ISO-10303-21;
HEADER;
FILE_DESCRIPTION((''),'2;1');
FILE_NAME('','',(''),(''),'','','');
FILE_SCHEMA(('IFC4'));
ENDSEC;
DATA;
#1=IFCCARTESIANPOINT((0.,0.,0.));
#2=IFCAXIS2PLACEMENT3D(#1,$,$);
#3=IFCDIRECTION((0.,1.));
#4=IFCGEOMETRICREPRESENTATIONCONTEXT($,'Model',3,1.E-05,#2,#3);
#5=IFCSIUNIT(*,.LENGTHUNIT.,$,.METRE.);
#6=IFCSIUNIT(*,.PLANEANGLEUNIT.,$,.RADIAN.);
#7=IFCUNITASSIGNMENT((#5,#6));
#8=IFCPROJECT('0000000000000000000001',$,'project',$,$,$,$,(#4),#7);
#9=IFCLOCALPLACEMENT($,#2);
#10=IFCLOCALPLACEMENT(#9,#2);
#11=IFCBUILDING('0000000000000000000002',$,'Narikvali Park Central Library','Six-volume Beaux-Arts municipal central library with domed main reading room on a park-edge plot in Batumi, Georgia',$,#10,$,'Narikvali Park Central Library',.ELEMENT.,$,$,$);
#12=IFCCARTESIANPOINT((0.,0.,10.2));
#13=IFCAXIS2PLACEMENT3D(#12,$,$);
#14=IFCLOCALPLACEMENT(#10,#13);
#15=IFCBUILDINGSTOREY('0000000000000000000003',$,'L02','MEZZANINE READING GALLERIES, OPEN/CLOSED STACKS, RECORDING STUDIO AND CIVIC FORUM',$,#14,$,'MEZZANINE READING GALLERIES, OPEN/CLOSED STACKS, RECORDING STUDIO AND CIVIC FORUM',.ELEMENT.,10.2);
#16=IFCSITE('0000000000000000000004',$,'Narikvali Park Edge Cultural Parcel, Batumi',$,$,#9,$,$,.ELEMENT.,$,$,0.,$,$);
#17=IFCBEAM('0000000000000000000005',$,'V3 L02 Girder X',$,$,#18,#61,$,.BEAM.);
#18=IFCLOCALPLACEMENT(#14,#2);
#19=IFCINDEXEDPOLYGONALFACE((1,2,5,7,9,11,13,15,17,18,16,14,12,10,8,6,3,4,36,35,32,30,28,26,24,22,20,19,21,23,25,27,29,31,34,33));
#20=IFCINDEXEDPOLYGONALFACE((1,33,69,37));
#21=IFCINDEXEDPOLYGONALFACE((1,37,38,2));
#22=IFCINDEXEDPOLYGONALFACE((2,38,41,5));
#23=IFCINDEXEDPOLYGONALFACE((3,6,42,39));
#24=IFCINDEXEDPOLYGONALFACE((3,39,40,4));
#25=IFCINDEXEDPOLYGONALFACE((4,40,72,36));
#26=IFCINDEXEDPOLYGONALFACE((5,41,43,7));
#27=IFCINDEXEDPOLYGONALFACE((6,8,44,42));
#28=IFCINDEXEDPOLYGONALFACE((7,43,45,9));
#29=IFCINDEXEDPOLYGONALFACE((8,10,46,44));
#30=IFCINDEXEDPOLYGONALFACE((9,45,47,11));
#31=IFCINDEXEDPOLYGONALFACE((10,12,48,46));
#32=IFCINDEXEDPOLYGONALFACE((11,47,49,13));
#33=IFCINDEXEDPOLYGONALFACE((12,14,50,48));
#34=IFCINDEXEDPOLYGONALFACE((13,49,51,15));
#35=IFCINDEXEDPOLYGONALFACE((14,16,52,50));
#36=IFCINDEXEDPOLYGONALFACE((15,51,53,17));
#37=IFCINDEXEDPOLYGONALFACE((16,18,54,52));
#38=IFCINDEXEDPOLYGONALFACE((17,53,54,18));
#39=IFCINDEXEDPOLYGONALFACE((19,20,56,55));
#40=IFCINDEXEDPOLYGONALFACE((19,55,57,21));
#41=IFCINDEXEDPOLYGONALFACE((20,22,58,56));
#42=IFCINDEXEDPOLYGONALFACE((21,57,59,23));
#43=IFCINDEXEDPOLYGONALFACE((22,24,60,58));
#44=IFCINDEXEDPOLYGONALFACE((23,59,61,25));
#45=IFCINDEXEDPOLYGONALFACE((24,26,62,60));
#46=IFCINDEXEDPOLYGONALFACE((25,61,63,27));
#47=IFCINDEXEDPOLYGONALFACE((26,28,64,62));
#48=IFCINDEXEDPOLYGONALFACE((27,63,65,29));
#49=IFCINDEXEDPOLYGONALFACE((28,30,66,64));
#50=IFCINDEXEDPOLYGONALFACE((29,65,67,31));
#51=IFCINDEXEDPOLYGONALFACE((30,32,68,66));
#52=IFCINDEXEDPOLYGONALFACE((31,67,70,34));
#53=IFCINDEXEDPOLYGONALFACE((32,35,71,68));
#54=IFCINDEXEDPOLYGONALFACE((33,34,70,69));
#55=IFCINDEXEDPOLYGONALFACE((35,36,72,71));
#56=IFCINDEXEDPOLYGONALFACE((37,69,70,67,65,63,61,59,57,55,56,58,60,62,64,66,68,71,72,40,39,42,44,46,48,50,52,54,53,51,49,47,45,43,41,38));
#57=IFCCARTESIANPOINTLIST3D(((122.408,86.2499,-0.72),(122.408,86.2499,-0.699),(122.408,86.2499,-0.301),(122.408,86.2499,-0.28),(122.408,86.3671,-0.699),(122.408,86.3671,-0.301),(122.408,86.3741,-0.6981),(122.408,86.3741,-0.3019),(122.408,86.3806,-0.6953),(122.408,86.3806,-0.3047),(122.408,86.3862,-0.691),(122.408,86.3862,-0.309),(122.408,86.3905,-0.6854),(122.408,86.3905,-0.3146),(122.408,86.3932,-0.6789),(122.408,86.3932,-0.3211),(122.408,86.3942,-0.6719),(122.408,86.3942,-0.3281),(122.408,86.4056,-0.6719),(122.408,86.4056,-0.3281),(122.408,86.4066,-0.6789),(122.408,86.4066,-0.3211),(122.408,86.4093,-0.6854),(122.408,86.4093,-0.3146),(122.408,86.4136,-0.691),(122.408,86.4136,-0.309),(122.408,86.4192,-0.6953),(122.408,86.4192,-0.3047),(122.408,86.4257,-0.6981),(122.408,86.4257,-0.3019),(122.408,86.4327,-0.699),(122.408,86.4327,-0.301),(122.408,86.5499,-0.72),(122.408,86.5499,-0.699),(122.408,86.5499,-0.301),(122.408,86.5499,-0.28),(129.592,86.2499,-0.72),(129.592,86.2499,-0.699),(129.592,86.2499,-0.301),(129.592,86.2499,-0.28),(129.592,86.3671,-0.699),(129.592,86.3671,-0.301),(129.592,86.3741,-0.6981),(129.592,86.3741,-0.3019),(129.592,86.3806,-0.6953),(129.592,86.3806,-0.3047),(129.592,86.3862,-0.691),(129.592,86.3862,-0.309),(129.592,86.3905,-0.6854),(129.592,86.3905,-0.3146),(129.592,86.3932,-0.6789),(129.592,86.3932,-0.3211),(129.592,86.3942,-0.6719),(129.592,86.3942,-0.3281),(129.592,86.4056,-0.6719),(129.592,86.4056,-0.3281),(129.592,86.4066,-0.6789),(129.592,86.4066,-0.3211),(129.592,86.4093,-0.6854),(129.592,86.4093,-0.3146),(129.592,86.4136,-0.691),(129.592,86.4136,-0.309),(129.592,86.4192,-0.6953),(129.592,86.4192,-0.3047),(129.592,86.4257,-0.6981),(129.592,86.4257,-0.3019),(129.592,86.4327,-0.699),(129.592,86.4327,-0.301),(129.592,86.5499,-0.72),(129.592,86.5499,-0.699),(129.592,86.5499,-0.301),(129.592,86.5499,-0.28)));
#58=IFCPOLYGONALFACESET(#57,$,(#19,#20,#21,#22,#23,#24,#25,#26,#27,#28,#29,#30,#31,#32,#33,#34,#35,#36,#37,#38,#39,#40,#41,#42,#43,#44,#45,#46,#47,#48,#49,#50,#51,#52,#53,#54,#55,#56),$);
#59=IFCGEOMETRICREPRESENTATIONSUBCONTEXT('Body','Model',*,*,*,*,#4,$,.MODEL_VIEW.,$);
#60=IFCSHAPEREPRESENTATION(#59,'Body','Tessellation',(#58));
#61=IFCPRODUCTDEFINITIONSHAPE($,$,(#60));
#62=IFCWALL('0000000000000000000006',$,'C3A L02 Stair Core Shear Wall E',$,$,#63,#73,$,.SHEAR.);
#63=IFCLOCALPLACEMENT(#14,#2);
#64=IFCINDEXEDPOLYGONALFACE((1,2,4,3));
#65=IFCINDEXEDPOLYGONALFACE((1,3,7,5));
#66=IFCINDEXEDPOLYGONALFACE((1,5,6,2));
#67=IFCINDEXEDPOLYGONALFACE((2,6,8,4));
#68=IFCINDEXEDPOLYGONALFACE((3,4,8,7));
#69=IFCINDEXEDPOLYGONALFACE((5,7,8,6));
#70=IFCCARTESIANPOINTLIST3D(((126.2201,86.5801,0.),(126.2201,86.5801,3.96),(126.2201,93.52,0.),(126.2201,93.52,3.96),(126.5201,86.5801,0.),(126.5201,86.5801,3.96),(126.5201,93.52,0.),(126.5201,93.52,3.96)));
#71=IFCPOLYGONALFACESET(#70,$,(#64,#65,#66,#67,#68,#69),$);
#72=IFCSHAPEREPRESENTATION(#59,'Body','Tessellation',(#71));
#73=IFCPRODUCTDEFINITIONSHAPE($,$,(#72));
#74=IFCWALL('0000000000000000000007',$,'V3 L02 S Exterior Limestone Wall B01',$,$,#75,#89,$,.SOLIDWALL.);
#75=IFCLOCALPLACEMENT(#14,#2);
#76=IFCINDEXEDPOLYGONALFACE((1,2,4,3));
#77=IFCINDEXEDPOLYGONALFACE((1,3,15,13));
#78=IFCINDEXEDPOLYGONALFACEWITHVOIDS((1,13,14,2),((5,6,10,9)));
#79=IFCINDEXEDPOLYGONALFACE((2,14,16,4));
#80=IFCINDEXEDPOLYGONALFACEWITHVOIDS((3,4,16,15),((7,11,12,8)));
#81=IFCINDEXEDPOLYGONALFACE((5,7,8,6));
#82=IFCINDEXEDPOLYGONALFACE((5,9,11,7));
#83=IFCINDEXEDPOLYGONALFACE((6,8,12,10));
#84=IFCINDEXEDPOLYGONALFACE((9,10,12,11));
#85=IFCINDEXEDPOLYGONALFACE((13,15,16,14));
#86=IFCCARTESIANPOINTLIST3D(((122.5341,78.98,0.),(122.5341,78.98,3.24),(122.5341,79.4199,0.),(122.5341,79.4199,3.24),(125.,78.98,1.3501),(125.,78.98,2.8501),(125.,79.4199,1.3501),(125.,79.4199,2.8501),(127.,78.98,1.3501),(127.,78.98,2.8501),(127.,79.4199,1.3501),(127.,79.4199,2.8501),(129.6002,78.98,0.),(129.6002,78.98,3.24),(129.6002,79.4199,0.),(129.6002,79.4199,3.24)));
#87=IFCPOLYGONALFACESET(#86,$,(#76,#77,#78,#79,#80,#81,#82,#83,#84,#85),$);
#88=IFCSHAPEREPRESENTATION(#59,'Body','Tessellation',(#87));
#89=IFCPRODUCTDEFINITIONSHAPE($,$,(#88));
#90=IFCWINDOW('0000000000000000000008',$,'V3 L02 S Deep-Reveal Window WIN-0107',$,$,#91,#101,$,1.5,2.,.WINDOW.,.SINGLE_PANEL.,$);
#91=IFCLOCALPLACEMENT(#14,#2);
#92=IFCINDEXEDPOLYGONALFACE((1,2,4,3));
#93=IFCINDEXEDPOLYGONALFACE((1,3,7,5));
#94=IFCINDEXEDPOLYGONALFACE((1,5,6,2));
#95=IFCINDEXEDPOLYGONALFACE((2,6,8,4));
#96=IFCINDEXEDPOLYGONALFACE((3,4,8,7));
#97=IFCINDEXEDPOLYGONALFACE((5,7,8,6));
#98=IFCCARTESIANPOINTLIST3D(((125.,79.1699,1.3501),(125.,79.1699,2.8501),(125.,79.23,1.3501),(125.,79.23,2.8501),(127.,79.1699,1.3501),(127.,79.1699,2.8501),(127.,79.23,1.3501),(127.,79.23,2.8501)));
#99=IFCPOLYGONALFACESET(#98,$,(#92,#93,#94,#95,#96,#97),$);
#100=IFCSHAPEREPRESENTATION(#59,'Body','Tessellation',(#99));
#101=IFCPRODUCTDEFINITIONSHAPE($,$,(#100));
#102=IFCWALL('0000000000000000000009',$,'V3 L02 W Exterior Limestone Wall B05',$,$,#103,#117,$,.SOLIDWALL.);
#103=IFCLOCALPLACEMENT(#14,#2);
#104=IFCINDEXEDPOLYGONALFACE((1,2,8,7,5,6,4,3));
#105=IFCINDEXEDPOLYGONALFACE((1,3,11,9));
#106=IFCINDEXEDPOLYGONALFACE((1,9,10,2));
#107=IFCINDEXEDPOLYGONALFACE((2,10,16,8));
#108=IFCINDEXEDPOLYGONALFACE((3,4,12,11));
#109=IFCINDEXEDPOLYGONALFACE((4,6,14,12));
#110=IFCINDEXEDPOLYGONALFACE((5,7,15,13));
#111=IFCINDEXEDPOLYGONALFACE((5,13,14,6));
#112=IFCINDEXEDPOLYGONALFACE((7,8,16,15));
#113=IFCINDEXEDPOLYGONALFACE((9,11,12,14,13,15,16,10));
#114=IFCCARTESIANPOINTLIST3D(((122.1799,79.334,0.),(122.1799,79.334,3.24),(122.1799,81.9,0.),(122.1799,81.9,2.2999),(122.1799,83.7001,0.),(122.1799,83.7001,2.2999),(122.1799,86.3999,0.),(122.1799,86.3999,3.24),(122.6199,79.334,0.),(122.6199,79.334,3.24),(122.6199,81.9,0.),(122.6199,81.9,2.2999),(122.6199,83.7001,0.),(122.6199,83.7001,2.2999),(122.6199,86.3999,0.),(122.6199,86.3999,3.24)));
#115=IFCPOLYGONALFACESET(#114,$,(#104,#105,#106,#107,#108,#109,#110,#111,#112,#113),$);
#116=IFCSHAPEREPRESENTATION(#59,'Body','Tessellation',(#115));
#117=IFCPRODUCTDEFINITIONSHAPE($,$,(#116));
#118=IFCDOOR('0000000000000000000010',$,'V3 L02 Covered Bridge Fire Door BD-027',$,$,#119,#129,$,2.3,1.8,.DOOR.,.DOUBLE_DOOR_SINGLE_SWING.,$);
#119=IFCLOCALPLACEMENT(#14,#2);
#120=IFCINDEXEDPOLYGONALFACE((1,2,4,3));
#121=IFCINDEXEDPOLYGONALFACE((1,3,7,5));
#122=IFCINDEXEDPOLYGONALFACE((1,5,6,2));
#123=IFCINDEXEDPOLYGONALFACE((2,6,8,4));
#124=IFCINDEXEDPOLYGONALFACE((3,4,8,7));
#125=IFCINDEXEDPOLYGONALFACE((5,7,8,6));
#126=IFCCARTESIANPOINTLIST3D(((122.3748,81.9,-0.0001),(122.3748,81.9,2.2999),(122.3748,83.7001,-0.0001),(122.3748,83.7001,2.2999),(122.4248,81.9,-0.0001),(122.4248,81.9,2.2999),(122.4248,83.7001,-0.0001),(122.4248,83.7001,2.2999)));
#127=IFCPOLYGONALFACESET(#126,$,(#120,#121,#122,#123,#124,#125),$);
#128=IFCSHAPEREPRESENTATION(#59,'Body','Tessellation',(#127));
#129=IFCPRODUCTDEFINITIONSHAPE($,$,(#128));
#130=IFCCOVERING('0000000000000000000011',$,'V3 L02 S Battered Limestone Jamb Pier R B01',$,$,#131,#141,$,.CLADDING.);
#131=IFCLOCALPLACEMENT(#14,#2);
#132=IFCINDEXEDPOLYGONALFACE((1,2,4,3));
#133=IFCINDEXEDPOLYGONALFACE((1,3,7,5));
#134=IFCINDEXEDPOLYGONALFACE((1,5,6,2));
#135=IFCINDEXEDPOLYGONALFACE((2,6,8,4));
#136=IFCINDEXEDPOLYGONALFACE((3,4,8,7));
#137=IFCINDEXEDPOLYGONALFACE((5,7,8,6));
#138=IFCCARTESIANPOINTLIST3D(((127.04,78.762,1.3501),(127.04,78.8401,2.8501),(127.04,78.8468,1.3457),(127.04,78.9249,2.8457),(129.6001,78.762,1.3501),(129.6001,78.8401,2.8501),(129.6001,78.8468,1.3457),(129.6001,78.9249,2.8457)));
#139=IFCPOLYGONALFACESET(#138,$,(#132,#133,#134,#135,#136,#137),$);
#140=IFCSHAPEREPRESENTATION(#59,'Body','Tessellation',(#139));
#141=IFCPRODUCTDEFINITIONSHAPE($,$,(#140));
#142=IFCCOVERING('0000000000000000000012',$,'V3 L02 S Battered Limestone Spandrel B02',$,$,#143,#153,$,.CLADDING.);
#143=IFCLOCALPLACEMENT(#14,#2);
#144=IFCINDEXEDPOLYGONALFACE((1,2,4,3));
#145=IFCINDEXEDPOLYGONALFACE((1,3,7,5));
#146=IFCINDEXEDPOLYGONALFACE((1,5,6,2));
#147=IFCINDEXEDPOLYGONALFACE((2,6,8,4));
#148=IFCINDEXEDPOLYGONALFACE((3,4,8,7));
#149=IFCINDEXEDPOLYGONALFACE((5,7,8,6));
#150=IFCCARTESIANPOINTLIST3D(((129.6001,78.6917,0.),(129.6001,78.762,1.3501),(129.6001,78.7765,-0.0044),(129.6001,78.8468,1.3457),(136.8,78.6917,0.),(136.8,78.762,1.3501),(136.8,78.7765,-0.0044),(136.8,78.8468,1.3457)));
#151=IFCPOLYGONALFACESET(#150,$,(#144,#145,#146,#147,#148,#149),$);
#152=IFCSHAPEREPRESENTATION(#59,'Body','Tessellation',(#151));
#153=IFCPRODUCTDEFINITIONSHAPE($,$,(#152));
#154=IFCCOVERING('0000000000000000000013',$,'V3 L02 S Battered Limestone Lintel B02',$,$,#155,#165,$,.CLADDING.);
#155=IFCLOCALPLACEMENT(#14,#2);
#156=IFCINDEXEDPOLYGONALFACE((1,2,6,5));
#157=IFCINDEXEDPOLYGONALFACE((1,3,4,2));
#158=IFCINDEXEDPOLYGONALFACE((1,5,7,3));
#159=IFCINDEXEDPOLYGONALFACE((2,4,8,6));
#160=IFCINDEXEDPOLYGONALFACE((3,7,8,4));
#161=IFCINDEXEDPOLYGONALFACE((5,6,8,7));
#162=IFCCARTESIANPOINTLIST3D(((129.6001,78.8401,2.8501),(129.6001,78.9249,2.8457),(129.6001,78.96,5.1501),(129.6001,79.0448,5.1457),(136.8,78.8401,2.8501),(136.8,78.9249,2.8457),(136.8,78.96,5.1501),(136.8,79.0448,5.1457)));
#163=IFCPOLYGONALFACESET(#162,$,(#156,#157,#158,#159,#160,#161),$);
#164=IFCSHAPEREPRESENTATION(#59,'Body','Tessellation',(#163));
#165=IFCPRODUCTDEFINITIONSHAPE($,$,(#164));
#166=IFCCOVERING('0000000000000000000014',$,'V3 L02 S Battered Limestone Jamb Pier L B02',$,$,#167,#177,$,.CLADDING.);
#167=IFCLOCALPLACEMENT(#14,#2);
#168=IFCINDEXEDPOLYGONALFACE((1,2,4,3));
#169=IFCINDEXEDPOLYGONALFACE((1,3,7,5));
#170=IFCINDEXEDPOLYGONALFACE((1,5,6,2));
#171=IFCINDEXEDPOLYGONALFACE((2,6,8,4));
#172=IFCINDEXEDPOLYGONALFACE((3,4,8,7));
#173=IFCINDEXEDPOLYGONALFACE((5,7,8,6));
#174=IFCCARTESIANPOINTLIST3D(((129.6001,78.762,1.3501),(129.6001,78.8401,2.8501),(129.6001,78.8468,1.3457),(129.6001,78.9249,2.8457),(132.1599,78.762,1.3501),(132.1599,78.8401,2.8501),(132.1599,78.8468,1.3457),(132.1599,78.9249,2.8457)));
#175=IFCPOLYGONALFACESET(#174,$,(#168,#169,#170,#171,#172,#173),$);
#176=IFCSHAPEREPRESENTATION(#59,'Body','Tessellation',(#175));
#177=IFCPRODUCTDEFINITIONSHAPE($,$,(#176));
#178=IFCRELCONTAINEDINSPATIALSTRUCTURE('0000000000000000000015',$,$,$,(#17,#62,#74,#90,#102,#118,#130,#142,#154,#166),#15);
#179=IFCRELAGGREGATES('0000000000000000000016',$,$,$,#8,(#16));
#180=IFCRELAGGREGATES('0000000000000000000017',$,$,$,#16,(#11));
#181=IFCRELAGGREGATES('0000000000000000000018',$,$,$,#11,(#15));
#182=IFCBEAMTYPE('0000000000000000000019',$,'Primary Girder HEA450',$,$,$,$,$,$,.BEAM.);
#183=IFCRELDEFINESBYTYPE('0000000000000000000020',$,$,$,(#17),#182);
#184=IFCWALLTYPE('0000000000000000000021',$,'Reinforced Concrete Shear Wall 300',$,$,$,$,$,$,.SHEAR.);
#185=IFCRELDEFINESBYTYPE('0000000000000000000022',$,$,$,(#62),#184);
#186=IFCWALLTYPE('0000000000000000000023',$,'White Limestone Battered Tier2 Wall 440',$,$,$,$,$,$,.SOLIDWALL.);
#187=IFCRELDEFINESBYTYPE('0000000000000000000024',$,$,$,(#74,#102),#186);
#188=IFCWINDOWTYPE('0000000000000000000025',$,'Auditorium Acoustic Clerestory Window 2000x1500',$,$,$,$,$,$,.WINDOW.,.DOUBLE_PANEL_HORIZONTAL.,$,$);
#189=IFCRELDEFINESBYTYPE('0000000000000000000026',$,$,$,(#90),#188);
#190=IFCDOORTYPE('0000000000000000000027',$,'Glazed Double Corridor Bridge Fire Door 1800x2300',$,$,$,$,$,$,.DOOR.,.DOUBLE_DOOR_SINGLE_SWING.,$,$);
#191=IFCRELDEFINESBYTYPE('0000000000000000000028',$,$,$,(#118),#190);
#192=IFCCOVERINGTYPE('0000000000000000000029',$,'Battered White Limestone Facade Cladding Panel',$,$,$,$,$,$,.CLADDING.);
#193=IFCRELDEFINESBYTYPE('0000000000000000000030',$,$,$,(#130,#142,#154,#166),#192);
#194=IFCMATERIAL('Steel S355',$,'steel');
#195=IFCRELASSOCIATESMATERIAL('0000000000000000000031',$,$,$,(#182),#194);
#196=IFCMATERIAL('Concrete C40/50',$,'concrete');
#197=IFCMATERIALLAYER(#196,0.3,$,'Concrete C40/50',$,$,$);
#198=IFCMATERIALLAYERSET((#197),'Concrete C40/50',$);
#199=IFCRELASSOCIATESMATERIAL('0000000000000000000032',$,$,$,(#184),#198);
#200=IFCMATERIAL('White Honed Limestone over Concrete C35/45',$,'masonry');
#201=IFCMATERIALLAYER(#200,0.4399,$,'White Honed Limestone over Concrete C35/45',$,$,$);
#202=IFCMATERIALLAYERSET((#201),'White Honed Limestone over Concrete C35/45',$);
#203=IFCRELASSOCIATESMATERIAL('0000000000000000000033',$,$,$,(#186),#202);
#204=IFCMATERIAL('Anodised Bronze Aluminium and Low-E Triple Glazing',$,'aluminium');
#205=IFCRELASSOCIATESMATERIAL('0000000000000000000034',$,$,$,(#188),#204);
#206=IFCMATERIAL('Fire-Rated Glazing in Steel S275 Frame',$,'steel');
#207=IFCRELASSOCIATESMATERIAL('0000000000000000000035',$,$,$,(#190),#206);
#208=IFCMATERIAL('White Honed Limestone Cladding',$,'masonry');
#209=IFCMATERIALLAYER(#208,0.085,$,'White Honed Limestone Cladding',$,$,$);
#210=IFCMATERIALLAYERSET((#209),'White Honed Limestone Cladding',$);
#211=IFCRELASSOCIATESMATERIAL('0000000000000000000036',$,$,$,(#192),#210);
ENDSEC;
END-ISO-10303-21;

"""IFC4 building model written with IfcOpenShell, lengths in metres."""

from ifc_helpers import new_model, si_unit, direction, frame, frame_2d, origin, origin_2d, place, context, subcontext, project, spatial, polyline, rectangle, i_section, outline, extrude, material, layer, layer_set, material_profile, profile_set, type_object, element, fill, save


model = new_model("IFC4")

# Units and contexts
model_context = context("Model", 3, precision=1e-05, world=origin(), true_north=direction((0.0, 1.0)))
body_context = subcontext(model_context, "Body", "Model", "MODEL_VIEW")
ifc_project = project(units=[si_unit("LENGTHUNIT", "METRE"), si_unit("PLANEANGLEUNIT", "RADIAN")], contexts=[model_context])

# Site, building, storey
site_placement = place(None, origin())
site = spatial("IfcSite", under=ifc_project, at=site_placement, Name="Narikvali Park Edge Cultural Parcel, Batumi", CompositionType="ELEMENT", RefElevation=0.0)
building_placement = place(site_placement, origin())
building = spatial("IfcBuilding", under=site, at=building_placement, Name="Narikvali Park Central Library", Description="Six-volume Beaux-Arts municipal central library with domed main reading room on a park-edge plot in Batumi, Georgia", LongName="Narikvali Park Central Library", CompositionType="ELEMENT")
storey_placement = place(building_placement, frame((0.0, 0.0, 10.2)))
storey = spatial("IfcBuildingStorey", under=building, at=storey_placement, Name="L02", Description="MEZZANINE READING GALLERIES, OPEN/CLOSED STACKS, RECORDING STUDIO AND CIVIC FORUM", LongName="MEZZANINE READING GALLERIES, OPEN/CLOSED STACKS, RECORDING STUDIO AND CIVIC FORUM", CompositionType="ELEMENT", Elevation=10.2)

# Shared definitions
ifc_material_1 = material(Name="Steel S355", Category="steel")

# Beam
ifc_material_profile_1 = material_profile(ifc_material_1, i_section(OverallWidth=0.3, OverallDepth=0.4399, WebThickness=0.0115, FlangeThickness=0.021, FilletRadius=0.0271, at=origin_2d()), Name="HEA 450")
ifc_profile_set_1 = profile_set([ifc_material_profile_1], Name="Steel S355")
beam_type_1 = type_object("IfcBeamType", Name="Primary Girder HEA450", PredefinedType="BEAM", material=ifc_profile_set_1)
beam_placement = place(storey_placement, frame((122.408, 86.3999, -0.5), z_axis=(1.0, 0.0, 0.0), x_axis=(0.0, 1.0, 0.0)))
element("IfcBeam", 1, at=beam_placement, inside=storey, type_object=beam_type_1, Name="V3 L02 Girder X", PredefinedType="BEAM", context=body_context, shape_type="SweptSolid", body=[
    extrude(i_section(OverallWidth=0.3, OverallDepth=0.4399, WebThickness=0.0115, FlangeThickness=0.021, FilletRadius=0.0271, at=origin_2d()), origin(), (0.0, 0.0, 1.0), 7.1841),
])

# Shared definitions
ifc_material_2 = material(Name="Concrete C40/50", Category="concrete")
ifc_layer_1 = layer(ifc_material_2, 0.3, Name="Concrete C40/50")
ifc_layer_set_1 = layer_set([ifc_layer_1], Name="Concrete C40/50")
wall_type_1 = type_object("IfcWallType", Name="Reinforced Concrete Shear Wall 300", PredefinedType="SHEAR", material=ifc_layer_set_1)

# Wall
wall_1_placement = place(storey_placement, frame((126.3701, 86.5801, 0.0), z_axis=(0.0, 0.0, 1.0), x_axis=(0.0, 1.0, 0.0)))
element("IfcWall", 2, at=wall_1_placement, inside=storey, type_object=wall_type_1, Name="C3A L02 Stair Core Shear Wall E", PredefinedType="SHEAR", context=body_context, shape_type="SweptSolid", body=[
    extrude(rectangle(XDim=6.9399, YDim=0.3, at=frame_2d((3.47, 0.0))), origin(), (0.0, 0.0, 1.0), 3.96),
])

# Wall, opening, window
ifc_material_3 = material(Name="White Honed Limestone over Concrete C35/45", Category="masonry")
ifc_layer_2 = layer(ifc_material_3, 0.4399, Name="White Honed Limestone over Concrete C35/45")
ifc_layer_set_2 = layer_set([ifc_layer_2], Name="White Honed Limestone over Concrete C35/45")
wall_type_2 = type_object("IfcWallType", Name="White Limestone Battered Tier2 Wall 440", PredefinedType="SOLIDWALL", material=ifc_layer_set_2)
wall_2_placement = place(storey_placement, frame((122.5339, 79.2, 0.0), z_axis=(0.0, 0.0, 1.0), x_axis=(1.0, 0.0, 0.0)))
wall_2 = element("IfcWall", 3, at=wall_2_placement, inside=storey, type_object=wall_type_2, Name="V3 L02 S Exterior Limestone Wall B01", PredefinedType="SOLIDWALL", context=body_context, shape_type="SweptSolid", body=[
    extrude(rectangle(XDim=7.0662, YDim=0.4399, at=frame_2d((3.5332, 0.0))), origin(), (0.0, 0.0, 1.0), 3.24),
])
opening_1_placement = place(wall_2_placement, frame((2.4661, 0.0, 1.3501)))
opening_1 = element("IfcOpeningElement", 4, at=opening_1_placement, cuts=wall_2, PredefinedType="OPENING", context=body_context, shape_type="SweptSolid", body=[
    extrude(rectangle(XDim=2.0, YDim=1.5, at=frame_2d((1.0, 0.75))), frame((0.0, 0.2319, 0.0), z_axis=(0.0, -1.0, 0.0), x_axis=(1.0, 0.0, 0.0)), (0.0, 0.0, 1.0), 0.4639),
])
ifc_material_4 = material(Name="Anodised Bronze Aluminium and Low-E Triple Glazing", Category="aluminium")
window_type = type_object("IfcWindowType", Name="Auditorium Acoustic Clerestory Window 2000x1500", PartitioningType="DOUBLE_PANEL_HORIZONTAL", PredefinedType="WINDOW", material=ifc_material_4)
window_placement = place(opening_1_placement, origin())
window = element("IfcWindow", 5, at=window_placement, inside=storey, type_object=window_type, Name="V3 L02 S Deep-Reveal Window WIN-0107", OverallHeight=1.5, OverallWidth=2.0, PartitioningType="SINGLE_PANEL", PredefinedType="WINDOW", context=body_context, shape_type="SweptSolid", body=[
    extrude(rectangle(XDim=2.0, YDim=1.5, at=frame_2d((1.0, 0.75))), frame((0.0, 0.03, 0.0), z_axis=(0.0, -1.0, 0.0), x_axis=(1.0, 0.0, 0.0)), (0.0, 0.0, 1.0), 0.0601),
])
fill(opening_1, window)

# Wall, opening, door
wall_3_placement = place(storey_placement, frame((122.3999, 86.3999, 0.0), z_axis=(0.0, 0.0, 1.0), x_axis=(0.0, -1.0, 0.0)))
wall_3 = element("IfcWall", 6, at=wall_3_placement, inside=storey, type_object=wall_type_2, Name="V3 L02 W Exterior Limestone Wall B05", PredefinedType="SOLIDWALL", context=body_context, shape_type="SweptSolid", body=[
    extrude(rectangle(XDim=7.0659, YDim=0.4399, at=frame_2d((3.533, 0.0))), origin(), (0.0, 0.0, 1.0), 3.24),
])
opening_2_placement = place(wall_3_placement, frame((2.7, 0.0, 0.0)))
opening_2 = element("IfcOpeningElement", 7, at=opening_2_placement, cuts=wall_3, PredefinedType="OPENING", context=body_context, shape_type="SweptSolid", body=[
    extrude(rectangle(XDim=1.8, YDim=2.3, at=frame_2d((0.8999, 1.1499))), frame((0.0, 0.2319, 0.0), z_axis=(0.0, -1.0, 0.0), x_axis=(1.0, 0.0, 0.0)), (0.0, 0.0, 1.0), 0.4639),
])
ifc_material_5 = material(Name="Fire-Rated Glazing in Steel S275 Frame", Category="steel")
door_type_1 = type_object("IfcDoorType", Name="Glazed Double Corridor Bridge Fire Door 1800x2300", OperationType="DOUBLE_DOOR_SINGLE_SWING", PredefinedType="DOOR", material=ifc_material_5)
door_1_placement = place(opening_2_placement, origin())
door_1 = element("IfcDoor", 8, at=door_1_placement, inside=storey, type_object=door_type_1, Name="V3 L02 Covered Bridge Fire Door BD-027", OperationType="DOUBLE_DOOR_SINGLE_SWING", OverallHeight=2.3, OverallWidth=1.8, PredefinedType="DOOR", context=body_context, shape_type="SweptSolid", body=[
    extrude(rectangle(XDim=1.8, YDim=2.3, at=frame_2d((0.8999, 1.1499))), frame((0.0, 0.0249, 0.0), z_axis=(0.0, -1.0, 0.0), x_axis=(1.0, 0.0, 0.0)), (0.0, 0.0, 1.0), 0.05),
])
fill(opening_2, door_1)

# Coverings
ifc_material_6 = material(Name="White Honed Limestone Cladding", Category="masonry")
ifc_layer_3 = layer(ifc_material_6, 0.085, Name="White Honed Limestone Cladding")
ifc_layer_set_3 = layer_set([ifc_layer_3], Name="White Honed Limestone Cladding")
covering_type = type_object("IfcCoveringType", Name="Battered White Limestone Facade Cladding Panel", PredefinedType="CLADDING", material=ifc_layer_set_3)
covering_1_placement = place(storey_placement, frame((127.04, 78.762, 1.3501), z_axis=(0.0, -0.998646, 0.052013), x_axis=(1.0, 0.0, 0.0)))
element("IfcCovering", 9, at=covering_1_placement, inside=storey, type_object=covering_type, Name="V3 L02 S Battered Limestone Jamb Pier R B01", PredefinedType="CLADDING", context=body_context, shape_type="SweptSolid", body=[
    extrude(outline(polyline([(0.0, 0.0), (2.5601, 0.0), (2.5601, 1.502), (0.0, 1.502), (0.0, 0.0)])), origin(), (0.0, 0.0, -1.0), 0.085),
])
covering_2_placement = place(storey_placement, frame((129.6001, 78.6917, 0.0), z_axis=(0.0, -0.998647, 0.052009), x_axis=(1.0, 0.0, 0.0)))
element("IfcCovering", 10, at=covering_2_placement, inside=storey, type_object=covering_type, Name="V3 L02 S Battered Limestone Spandrel B02", PredefinedType="CLADDING", context=body_context, shape_type="SweptSolid", body=[
    extrude(outline(polyline([(0.0, 0.0), (7.2, 0.0), (7.2, 1.3519), (0.0, 1.3519), (0.0, 0.0)])), origin(), (0.0, 0.0, -1.0), 0.085),
])
covering_3_placement = place(storey_placement, frame((129.6001, 78.8401, 2.8501), z_axis=(0.0, -0.998645, 0.052047), x_axis=(1.0, 0.0, 0.0)))
element("IfcCovering", 11, at=covering_3_placement, inside=storey, type_object=covering_type, Name="V3 L02 S Battered Limestone Lintel B02", PredefinedType="CLADDING", context=body_context, shape_type="SweptSolid", body=[
    extrude(outline(polyline([(0.0, 0.0), (7.2, 0.0), (7.2, 2.3032), (0.0, 2.3032), (0.0, 0.0)])), origin(), (0.0, 0.0, -1.0), 0.085),
])
covering_4_placement = place(storey_placement, frame((129.6001, 78.762, 1.3501), z_axis=(0.0, -0.998646, 0.052013), x_axis=(1.0, 0.0, 0.0)))
element("IfcCovering", 12, at=covering_4_placement, inside=storey, type_object=covering_type, Name="V3 L02 S Battered Limestone Jamb Pier L B02", PredefinedType="CLADDING", context=body_context, shape_type="SweptSolid", body=[
    extrude(outline(polyline([(0.0, 0.0), (2.5598, 0.0), (2.5598, 1.502), (0.0, 1.502), (0.0, 0.0)])), origin(), (0.0, 0.0, -1.0), 0.085),
])

save(model, "model.ifc")
